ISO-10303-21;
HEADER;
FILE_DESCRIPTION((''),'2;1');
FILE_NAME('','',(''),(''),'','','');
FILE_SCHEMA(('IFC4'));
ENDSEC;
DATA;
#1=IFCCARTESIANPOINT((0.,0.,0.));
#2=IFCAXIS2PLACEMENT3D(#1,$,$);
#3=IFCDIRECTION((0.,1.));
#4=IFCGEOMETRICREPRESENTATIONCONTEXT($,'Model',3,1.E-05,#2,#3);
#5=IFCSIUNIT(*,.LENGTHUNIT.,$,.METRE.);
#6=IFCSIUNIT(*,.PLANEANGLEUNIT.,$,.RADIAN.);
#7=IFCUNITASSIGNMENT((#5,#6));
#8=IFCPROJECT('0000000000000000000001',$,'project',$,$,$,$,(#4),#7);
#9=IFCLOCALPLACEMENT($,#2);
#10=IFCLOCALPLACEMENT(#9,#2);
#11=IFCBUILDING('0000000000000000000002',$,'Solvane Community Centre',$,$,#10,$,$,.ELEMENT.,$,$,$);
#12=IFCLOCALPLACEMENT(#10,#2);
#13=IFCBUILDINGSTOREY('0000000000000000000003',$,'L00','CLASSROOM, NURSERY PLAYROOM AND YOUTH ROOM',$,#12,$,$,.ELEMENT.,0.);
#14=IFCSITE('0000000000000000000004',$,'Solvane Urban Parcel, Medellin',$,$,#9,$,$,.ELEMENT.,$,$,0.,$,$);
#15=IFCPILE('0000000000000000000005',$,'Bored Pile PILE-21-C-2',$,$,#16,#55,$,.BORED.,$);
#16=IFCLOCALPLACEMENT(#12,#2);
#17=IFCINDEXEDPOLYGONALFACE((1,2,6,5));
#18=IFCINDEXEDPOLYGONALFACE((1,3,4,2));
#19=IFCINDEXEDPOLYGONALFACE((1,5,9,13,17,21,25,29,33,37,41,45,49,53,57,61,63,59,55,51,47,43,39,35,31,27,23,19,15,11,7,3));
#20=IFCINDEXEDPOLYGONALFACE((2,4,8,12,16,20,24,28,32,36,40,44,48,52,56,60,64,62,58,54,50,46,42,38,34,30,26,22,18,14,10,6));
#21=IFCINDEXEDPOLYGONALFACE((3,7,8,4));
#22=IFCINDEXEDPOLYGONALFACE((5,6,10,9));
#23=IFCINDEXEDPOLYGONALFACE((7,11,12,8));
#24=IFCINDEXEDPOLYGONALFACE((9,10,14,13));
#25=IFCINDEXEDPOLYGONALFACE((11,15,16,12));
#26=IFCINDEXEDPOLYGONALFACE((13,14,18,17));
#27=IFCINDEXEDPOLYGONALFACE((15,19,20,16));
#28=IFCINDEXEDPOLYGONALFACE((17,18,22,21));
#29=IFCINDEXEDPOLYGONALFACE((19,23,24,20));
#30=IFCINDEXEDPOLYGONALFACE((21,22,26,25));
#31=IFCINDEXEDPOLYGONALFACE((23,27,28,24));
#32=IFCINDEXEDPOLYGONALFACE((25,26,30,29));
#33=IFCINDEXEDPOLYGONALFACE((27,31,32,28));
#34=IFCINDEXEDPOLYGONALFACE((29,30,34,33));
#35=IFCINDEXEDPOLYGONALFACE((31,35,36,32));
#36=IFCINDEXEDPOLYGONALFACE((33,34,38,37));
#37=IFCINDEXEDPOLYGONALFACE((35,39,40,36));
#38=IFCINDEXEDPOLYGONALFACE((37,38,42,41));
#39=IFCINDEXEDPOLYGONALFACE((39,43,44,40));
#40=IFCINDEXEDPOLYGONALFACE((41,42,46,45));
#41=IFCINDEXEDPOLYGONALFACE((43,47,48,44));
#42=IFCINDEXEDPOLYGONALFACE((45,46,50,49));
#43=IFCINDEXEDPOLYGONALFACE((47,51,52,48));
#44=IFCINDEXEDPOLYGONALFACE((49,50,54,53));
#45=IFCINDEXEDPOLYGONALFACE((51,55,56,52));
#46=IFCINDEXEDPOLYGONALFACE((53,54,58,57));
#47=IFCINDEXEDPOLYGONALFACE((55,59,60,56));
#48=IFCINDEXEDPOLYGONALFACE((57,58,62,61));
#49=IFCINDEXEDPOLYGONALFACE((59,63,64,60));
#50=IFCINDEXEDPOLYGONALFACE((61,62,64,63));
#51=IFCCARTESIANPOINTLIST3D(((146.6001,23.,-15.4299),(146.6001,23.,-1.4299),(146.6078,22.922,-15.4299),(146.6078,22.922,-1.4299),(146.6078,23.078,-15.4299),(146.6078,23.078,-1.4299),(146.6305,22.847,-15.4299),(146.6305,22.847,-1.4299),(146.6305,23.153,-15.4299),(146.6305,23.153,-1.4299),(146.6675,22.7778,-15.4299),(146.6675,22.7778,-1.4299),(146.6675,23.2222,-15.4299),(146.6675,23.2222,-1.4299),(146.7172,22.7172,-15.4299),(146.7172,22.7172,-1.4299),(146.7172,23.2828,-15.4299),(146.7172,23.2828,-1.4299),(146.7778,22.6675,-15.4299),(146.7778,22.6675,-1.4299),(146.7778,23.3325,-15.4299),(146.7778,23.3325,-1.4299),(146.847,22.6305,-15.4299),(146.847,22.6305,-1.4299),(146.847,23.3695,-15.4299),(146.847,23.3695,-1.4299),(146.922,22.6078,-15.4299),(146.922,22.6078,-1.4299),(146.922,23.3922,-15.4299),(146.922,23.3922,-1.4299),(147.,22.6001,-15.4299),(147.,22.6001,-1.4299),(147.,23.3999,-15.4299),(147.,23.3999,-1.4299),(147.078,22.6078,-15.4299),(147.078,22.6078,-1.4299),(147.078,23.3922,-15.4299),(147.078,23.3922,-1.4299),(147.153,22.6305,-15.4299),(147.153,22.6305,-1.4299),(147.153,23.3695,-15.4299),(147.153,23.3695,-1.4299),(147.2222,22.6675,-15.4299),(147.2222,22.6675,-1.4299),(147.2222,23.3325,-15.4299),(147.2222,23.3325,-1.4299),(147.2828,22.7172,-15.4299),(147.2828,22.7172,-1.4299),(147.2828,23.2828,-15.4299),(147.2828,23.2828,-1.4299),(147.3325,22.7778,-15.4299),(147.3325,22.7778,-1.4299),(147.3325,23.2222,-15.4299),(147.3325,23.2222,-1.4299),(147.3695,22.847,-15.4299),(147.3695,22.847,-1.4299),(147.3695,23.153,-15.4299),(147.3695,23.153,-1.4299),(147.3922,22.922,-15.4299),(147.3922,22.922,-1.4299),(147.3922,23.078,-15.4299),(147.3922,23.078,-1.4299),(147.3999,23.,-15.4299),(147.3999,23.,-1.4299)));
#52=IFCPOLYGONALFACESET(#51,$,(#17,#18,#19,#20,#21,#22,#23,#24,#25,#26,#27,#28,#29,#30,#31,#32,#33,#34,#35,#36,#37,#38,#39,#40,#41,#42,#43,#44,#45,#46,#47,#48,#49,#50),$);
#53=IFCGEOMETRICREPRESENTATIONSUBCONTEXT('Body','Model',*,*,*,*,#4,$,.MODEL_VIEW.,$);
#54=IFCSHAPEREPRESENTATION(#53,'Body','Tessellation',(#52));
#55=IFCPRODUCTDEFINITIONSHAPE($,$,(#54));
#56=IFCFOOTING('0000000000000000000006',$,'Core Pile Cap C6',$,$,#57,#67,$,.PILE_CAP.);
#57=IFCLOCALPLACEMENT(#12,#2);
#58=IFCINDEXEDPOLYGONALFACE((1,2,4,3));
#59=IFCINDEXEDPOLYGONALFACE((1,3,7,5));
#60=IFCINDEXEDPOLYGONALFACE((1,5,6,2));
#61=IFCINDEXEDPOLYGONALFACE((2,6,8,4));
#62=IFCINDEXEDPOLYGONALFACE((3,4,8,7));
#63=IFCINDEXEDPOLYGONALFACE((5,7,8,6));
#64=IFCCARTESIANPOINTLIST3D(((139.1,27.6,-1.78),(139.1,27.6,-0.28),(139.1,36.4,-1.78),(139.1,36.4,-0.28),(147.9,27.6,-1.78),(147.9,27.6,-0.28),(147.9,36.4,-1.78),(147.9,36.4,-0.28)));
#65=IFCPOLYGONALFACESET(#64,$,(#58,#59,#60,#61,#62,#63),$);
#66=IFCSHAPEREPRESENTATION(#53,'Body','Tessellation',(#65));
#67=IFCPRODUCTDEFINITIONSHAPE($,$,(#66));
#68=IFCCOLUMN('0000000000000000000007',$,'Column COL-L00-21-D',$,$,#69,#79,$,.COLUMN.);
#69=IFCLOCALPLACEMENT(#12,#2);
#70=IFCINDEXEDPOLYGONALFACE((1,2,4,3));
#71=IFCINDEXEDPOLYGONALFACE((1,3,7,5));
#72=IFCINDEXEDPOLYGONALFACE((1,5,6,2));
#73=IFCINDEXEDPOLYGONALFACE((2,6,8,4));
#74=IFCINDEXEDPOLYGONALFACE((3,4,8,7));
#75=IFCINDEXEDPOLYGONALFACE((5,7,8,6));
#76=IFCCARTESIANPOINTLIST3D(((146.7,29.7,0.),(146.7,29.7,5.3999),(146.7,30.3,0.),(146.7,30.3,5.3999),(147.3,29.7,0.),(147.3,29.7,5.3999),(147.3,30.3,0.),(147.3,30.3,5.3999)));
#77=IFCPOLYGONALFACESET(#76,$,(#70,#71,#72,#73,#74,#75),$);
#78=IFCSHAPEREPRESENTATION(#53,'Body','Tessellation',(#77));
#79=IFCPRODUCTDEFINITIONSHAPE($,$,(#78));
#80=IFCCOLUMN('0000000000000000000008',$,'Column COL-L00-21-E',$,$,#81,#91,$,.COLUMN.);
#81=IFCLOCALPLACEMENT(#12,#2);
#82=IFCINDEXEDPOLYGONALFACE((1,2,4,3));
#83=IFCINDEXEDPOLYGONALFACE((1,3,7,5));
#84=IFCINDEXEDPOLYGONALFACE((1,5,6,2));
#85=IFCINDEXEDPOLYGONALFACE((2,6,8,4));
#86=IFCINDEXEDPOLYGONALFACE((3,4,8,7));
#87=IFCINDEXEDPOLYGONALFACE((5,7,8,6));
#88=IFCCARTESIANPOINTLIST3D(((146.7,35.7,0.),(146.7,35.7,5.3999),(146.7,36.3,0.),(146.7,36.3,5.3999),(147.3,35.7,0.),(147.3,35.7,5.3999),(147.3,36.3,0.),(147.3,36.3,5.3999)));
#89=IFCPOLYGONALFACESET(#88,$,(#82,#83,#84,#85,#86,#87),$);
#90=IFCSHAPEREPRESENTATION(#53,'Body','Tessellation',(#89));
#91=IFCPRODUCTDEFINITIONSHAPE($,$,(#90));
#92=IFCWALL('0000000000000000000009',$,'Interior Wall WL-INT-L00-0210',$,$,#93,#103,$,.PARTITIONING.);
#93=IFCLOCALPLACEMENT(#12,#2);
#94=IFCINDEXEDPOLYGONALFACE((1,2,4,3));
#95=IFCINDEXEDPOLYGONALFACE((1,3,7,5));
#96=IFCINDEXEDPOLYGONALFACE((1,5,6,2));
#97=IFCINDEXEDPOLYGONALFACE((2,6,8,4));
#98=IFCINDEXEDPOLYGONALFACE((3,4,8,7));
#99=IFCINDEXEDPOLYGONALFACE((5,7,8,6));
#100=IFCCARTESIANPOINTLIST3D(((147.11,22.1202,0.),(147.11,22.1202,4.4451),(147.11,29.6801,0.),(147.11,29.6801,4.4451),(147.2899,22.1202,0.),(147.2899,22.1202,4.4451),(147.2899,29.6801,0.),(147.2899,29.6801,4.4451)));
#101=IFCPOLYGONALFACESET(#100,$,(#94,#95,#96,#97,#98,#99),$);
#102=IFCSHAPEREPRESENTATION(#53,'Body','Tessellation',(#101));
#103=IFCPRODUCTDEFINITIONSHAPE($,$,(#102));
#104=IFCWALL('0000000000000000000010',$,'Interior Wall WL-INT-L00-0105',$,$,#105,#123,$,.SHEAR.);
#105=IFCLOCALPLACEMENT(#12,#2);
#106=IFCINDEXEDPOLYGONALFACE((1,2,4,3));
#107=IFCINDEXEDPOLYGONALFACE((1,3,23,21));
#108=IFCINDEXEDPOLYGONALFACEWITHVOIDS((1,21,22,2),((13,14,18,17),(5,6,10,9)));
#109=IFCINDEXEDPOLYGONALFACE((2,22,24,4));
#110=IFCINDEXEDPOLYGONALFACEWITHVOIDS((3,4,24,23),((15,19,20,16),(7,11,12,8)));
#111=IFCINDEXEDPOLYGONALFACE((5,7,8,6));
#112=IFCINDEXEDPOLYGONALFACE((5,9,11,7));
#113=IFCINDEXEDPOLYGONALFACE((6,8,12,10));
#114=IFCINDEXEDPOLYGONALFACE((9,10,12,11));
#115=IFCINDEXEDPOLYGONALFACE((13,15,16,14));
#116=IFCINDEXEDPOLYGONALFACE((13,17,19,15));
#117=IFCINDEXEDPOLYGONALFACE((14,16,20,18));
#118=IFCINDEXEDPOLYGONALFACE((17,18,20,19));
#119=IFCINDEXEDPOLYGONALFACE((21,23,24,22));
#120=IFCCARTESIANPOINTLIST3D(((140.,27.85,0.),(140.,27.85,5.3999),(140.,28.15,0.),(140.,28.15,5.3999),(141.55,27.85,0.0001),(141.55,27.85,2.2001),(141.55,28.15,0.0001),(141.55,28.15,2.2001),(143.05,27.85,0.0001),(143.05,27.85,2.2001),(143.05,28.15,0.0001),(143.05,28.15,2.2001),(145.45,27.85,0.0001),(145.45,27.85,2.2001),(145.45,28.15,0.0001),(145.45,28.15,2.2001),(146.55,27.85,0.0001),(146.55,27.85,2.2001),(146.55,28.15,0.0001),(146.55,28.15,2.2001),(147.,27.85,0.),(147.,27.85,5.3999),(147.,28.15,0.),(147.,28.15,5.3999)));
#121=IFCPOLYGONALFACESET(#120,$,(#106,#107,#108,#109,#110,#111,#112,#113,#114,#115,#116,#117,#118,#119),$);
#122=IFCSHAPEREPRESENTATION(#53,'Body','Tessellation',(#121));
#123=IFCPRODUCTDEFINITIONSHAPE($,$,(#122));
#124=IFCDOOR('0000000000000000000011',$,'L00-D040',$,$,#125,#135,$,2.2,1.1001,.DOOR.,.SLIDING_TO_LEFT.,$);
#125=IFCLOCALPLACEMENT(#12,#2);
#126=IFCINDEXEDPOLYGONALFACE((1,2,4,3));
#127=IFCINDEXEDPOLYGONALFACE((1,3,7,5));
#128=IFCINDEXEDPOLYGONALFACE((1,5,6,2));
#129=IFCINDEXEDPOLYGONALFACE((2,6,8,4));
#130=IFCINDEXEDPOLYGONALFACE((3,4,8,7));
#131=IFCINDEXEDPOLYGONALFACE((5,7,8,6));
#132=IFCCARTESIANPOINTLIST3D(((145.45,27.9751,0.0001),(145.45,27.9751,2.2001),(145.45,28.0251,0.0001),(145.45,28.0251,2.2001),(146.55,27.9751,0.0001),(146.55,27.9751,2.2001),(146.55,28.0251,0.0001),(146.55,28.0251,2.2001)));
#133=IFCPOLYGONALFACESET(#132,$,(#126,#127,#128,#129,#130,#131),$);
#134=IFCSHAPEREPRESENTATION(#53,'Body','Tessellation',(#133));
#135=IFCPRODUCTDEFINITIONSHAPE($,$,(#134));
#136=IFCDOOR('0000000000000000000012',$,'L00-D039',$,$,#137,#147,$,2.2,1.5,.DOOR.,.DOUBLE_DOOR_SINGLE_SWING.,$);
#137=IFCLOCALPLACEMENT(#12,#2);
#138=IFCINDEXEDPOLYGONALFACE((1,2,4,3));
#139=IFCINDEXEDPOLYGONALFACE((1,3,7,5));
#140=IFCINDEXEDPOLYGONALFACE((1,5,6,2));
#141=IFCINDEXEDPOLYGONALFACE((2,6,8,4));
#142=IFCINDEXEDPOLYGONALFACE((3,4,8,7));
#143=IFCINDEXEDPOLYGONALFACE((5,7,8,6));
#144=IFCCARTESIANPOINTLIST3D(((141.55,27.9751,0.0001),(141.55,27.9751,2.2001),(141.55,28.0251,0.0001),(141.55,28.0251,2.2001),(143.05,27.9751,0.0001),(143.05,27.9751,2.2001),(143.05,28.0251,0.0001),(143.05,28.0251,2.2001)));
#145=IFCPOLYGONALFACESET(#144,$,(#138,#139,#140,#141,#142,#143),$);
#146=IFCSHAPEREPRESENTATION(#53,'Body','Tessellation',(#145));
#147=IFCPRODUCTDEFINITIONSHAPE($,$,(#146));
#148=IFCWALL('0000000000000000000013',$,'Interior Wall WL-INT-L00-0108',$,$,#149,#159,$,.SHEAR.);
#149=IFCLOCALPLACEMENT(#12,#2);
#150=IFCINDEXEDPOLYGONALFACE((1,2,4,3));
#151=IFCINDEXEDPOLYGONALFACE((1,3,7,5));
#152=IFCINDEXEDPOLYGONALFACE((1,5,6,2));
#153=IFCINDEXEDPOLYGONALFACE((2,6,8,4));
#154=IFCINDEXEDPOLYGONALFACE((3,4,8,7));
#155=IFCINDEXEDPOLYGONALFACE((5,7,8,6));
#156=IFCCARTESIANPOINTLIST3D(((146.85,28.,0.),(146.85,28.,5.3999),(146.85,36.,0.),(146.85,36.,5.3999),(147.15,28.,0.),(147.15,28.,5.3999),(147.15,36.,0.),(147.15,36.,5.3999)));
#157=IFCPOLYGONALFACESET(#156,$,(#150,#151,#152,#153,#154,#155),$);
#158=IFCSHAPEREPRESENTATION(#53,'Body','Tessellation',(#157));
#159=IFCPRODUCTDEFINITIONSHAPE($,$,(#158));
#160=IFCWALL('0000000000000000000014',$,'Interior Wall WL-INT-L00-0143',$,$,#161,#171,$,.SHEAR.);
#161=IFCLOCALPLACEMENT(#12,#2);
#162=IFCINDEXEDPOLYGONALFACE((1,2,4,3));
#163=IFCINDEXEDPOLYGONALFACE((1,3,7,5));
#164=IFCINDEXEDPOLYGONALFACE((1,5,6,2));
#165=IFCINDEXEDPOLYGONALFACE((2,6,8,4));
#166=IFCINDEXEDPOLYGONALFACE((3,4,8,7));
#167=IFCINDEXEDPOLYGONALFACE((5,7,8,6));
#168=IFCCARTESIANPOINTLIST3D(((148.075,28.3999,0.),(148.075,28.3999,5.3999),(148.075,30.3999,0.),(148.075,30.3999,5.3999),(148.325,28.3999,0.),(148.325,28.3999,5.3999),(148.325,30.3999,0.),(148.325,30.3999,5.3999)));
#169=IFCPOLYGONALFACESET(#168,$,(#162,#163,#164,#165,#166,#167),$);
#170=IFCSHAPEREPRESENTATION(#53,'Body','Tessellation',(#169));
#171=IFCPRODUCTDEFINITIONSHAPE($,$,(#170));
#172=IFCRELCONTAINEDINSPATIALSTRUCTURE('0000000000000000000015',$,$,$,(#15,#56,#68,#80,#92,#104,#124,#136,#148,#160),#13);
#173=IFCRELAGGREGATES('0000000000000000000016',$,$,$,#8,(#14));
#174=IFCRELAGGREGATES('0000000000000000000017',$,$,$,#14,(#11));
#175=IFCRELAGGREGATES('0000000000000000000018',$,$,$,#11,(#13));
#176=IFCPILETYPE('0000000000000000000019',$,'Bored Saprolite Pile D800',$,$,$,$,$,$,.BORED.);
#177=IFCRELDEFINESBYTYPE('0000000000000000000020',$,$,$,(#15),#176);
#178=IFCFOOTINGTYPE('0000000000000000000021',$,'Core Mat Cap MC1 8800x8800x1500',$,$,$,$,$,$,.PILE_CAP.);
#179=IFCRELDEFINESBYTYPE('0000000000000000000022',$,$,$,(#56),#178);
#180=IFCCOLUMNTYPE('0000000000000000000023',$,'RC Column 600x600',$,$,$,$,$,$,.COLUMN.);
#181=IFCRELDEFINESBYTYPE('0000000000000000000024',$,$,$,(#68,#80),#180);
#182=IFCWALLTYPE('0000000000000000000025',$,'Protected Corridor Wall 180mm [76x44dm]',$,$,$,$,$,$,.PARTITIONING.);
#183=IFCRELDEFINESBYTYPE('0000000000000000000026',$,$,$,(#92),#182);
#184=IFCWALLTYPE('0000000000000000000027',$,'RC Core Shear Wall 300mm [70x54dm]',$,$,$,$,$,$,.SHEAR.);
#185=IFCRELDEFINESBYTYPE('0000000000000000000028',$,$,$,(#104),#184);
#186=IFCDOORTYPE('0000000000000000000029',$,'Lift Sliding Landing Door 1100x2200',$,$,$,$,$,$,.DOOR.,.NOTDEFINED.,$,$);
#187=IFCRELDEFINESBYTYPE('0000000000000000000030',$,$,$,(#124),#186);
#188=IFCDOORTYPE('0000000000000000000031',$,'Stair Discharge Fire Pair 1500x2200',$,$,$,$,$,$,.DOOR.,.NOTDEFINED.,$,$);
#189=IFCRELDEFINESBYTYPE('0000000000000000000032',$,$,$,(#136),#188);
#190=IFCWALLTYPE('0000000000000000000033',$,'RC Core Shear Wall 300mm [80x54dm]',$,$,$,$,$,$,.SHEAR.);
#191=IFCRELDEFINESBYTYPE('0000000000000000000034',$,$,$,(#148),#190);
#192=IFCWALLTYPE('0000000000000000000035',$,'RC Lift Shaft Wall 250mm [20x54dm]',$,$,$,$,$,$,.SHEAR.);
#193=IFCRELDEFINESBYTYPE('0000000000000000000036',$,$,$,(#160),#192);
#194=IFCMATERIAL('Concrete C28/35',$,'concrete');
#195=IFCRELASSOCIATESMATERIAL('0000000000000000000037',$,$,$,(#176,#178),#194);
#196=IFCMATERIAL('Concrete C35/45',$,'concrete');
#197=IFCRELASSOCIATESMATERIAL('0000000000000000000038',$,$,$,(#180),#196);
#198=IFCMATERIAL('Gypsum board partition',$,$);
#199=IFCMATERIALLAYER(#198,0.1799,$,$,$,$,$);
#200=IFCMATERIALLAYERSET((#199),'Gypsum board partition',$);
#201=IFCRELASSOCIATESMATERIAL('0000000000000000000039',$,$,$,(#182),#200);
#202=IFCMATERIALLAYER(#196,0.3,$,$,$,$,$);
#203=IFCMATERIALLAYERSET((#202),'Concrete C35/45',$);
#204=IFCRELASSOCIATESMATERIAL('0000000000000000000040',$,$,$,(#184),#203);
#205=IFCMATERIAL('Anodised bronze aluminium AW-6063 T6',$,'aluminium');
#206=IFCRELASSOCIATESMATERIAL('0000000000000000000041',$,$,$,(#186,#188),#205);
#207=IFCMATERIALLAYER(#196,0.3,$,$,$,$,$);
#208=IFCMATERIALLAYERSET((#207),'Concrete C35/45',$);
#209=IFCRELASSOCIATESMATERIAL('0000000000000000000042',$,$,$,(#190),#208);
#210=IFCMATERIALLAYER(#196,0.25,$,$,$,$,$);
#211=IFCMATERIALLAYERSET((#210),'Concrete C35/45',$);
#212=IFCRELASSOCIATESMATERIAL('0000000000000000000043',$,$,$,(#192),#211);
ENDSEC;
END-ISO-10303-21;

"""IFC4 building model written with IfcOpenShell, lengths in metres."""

from ifc_helpers import new_model, si_unit, direction, frame, frame_2d, origin, origin_2d, place, context, subcontext, project, spatial, rectangle, circle, extrude, material, layer, layer_set, material_profile, profile_set, type_object, element, fill, save


model = new_model("IFC4")

# Units and contexts
model_context = context("Model", 3, precision=1e-05, world=origin(), true_north=direction((0.0, 1.0)))
body_context = subcontext(model_context, "Body", "Model", "MODEL_VIEW")
ifc_project = project(units=[si_unit("LENGTHUNIT", "METRE"), si_unit("PLANEANGLEUNIT", "RADIAN")], contexts=[model_context])

# Site, building, storey
site_placement = place(None, origin())
site = spatial("IfcSite", under=ifc_project, at=site_placement, Name="Solvane Urban Parcel, Medellin", CompositionType="ELEMENT", RefElevation=0.0)
building_placement = place(site_placement, origin())
building = spatial("IfcBuilding", under=site, at=building_placement, Name="Solvane Community Centre", CompositionType="ELEMENT")
storey_placement = place(building_placement, origin())
storey = spatial("IfcBuildingStorey", under=building, at=storey_placement, Name="L00", Description="CLASSROOM, NURSERY PLAYROOM AND YOUTH ROOM", CompositionType="ELEMENT", Elevation=0.0)

# Pile
ifc_material_1 = material(Name="Concrete C28/35", Category="concrete")
ifc_material_profile_1 = material_profile(ifc_material_1, circle(Radius=0.3999, at=origin_2d()), Name="PILE D800")
ifc_profile_set_1 = profile_set([ifc_material_profile_1], Name="Concrete C28/35")
pile_type_1 = type_object("IfcPileType", Name="Bored Saprolite Pile D800", PredefinedType="BORED", material=ifc_profile_set_1)
pile_placement = place(storey_placement, frame((147.0, 23.0, -1.4299), z_axis=(0.0, 0.0, -1.0), x_axis=(1.0, 0.0, 0.0)))
element("IfcPile", 1, at=pile_placement, inside=storey, type_object=pile_type_1, Name="Bored Pile PILE-21-C-2", PredefinedType="BORED", context=body_context, shape_type="SweptSolid", body=[
    extrude(circle(Radius=0.3999, at=origin_2d()), origin(), (0.0, 0.0, 1.0), 14.0),
])

# Footing
footing_type = type_object("IfcFootingType", Name="Core Mat Cap MC1 8800x8800x1500", PredefinedType="PILE_CAP", material=ifc_material_1)
footing_placement = place(storey_placement, frame((143.5, 32.0, -1.78), z_axis=(0.0, 0.0, 1.0), x_axis=(1.0, 0.0, 0.0)))
element("IfcFooting", 2, at=footing_placement, inside=storey, type_object=footing_type, Name="Core Pile Cap C6", PredefinedType="PILE_CAP", context=body_context, shape_type="SweptSolid", body=[
    extrude(rectangle(XDim=8.8, YDim=8.8, at=origin_2d()), origin(), (0.0, 0.0, 1.0), 1.5),
])

# Columns
ifc_material_2 = material(Name="Concrete C35/45", Category="concrete")
ifc_material_profile_2 = material_profile(ifc_material_2, rectangle(XDim=0.6001, YDim=0.6001, at=origin_2d()), Name="RC 600x600")
ifc_profile_set_2 = profile_set([ifc_material_profile_2], Name="Concrete C35/45")
column_type = type_object("IfcColumnType", Name="RC Column 600x600", PredefinedType="COLUMN", material=ifc_profile_set_2)
for number, where, z_axis, x_axis, name in (
    (3, (147.0, 30.0, 0.0), (0.0, 0.0, 1.0), (1.0, 0.0, 0.0), "Column COL-L00-21-D"),
    (4, (147.0, 36.0, 0.0), (0.0, 0.0, 1.0), (1.0, 0.0, 0.0), "Column COL-L00-21-E"),
):
    element("IfcColumn", number, at=place(storey_placement, frame(where, z_axis=z_axis, x_axis=x_axis)), inside=storey, type_object=column_type, Name=name, PredefinedType="COLUMN", context=body_context, shape_type="SweptSolid", body=[
        extrude(rectangle(XDim=0.6001, YDim=0.6001, at=origin_2d()), origin(), (0.0, 0.0, 1.0), 5.3999),
    ])

# Wall
ifc_material_3 = material(Name="Gypsum board partition")
ifc_layer_1 = layer(ifc_material_3, 0.1799)
ifc_layer_set_1 = layer_set([ifc_layer_1], Name="Gypsum board partition")
wall_type_1 = type_object("IfcWallType", Name="Protected Corridor Wall 180mm [76x44dm]", PredefinedType="PARTITIONING", material=ifc_layer_set_1)
wall_1_placement = place(storey_placement, frame((147.2, 29.6799, 0.0), z_axis=(0.0, 0.0, 1.0), x_axis=(0.0, -1.0, 0.0)))
element("IfcWall", 5, at=wall_1_placement, inside=storey, type_object=wall_type_1, Name="Interior Wall WL-INT-L00-0210", PredefinedType="PARTITIONING", context=body_context, shape_type="SweptSolid", body=[
    extrude(rectangle(XDim=7.5598, YDim=0.1799, at=frame_2d((3.7798, 0.0))), origin(), (0.0, 0.0, 1.0), 4.4451),
])

# Wall, openings, doors
ifc_layer_2 = layer(ifc_material_2, 0.3)
ifc_layer_set_2 = layer_set([ifc_layer_2], Name="Concrete C35/45")
wall_type_2 = type_object("IfcWallType", Name="RC Core Shear Wall 300mm [70x54dm]", PredefinedType="SHEAR", material=ifc_layer_set_2)
wall_2_placement = place(storey_placement, frame((147.0, 28.0, 0.0), z_axis=(0.0, 0.0, 1.0), x_axis=(-1.0, 0.0, 0.0)))
wall_2 = element("IfcWall", 6, at=wall_2_placement, inside=storey, type_object=wall_type_2, Name="Interior Wall WL-INT-L00-0105", PredefinedType="SHEAR", context=body_context, shape_type="SweptSolid", body=[
    extrude(rectangle(XDim=7.0, YDim=0.3, at=frame_2d((3.5, 0.0))), origin(), (0.0, 0.0, 1.0), 5.3999),
])
opening_1_placement = place(wall_2_placement, frame((3.95, 0.0, 0.0)))
opening_1 = element("IfcOpeningElement", 7, at=opening_1_placement, cuts=wall_2, PredefinedType="OPENING", context=body_context, shape_type="SweptSolid", body=[
    extrude(rectangle(XDim=1.5, YDim=2.2, at=frame_2d((0.75, 1.1001))), frame((0.0, 0.1599, 0.0), z_axis=(0.0, -1.0, 0.0), x_axis=(1.0, 0.0, 0.0)), (0.0, 0.0, 1.0), 0.3201),
])
opening_2_placement = place(wall_2_placement, frame((0.45, 0.0, 0.0)))
opening_2 = element("IfcOpeningElement", 8, at=opening_2_placement, cuts=wall_2, PredefinedType="OPENING", context=body_context, shape_type="SweptSolid", body=[
    extrude(rectangle(XDim=1.1001, YDim=2.2, at=frame_2d((0.55, 1.1001))), frame((0.0, 0.1599, 0.0), z_axis=(0.0, -1.0, 0.0), x_axis=(1.0, 0.0, 0.0)), (0.0, 0.0, 1.0), 0.3201),
])
ifc_material_4 = material(Name="Anodised bronze aluminium AW-6063 T6", Category="aluminium")
door_type_1 = type_object("IfcDoorType", Name="Lift Sliding Landing Door 1100x2200", OperationType="NOTDEFINED", PredefinedType="DOOR", material=ifc_material_4)
door_1_placement = place(opening_2_placement, origin())
door_1 = element("IfcDoor", 9, at=door_1_placement, inside=storey, type_object=door_type_1, Name="L00-D040", OperationType="SLIDING_TO_LEFT", OverallHeight=2.2, OverallWidth=1.1001, PredefinedType="DOOR", context=body_context, shape_type="SweptSolid", body=[
    extrude(rectangle(XDim=1.1001, YDim=2.2, at=frame_2d((0.55, 1.1001))), frame((0.0, 0.0249, 0.0), z_axis=(0.0, -1.0, 0.0), x_axis=(1.0, 0.0, 0.0)), (0.0, 0.0, 1.0), 0.05),
])
fill(opening_2, door_1)
door_type_2 = type_object("IfcDoorType", Name="Stair Discharge Fire Pair 1500x2200", OperationType="NOTDEFINED", PredefinedType="DOOR", material=ifc_material_4)
door_2_placement = place(opening_1_placement, origin())
door_2 = element("IfcDoor", 10, at=door_2_placement, inside=storey, type_object=door_type_2, Name="L00-D039", OperationType="DOUBLE_DOOR_SINGLE_SWING", OverallHeight=2.2, OverallWidth=1.5, PredefinedType="DOOR", context=body_context, shape_type="SweptSolid", body=[
    extrude(rectangle(XDim=1.5, YDim=2.2, at=frame_2d((0.75, 1.1001))), frame((0.0, 0.0249, 0.0), z_axis=(0.0, -1.0, 0.0), x_axis=(1.0, 0.0, 0.0)), (0.0, 0.0, 1.0), 0.05),
])
fill(opening_1, door_2)

# Walls
ifc_layer_3 = layer(ifc_material_2, 0.3)
ifc_layer_set_3 = layer_set([ifc_layer_3], Name="Concrete C35/45")
wall_type_3 = type_object("IfcWallType", Name="RC Core Shear Wall 300mm [80x54dm]", PredefinedType="SHEAR", material=ifc_layer_set_3)
wall_3_placement = place(storey_placement, frame((147.0, 36.0, 0.0), z_axis=(0.0, 0.0, 1.0), x_axis=(0.0, -1.0, 0.0)))
element("IfcWall", 11, at=wall_3_placement, inside=storey, type_object=wall_type_3, Name="Interior Wall WL-INT-L00-0108", PredefinedType="SHEAR", context=body_context, shape_type="SweptSolid", body=[
    extrude(rectangle(XDim=8.0, YDim=0.3, at=frame_2d((4.0, 0.0))), origin(), (0.0, 0.0, 1.0), 5.3999),
])
ifc_layer_4 = layer(ifc_material_2, 0.25)
ifc_layer_set_4 = layer_set([ifc_layer_4], Name="Concrete C35/45")
wall_type_4 = type_object("IfcWallType", Name="RC Lift Shaft Wall 250mm [20x54dm]", PredefinedType="SHEAR", material=ifc_layer_set_4)
wall_4_placement = place(storey_placement, frame((148.2, 28.3999, 0.0), z_axis=(0.0, 0.0, 1.0), x_axis=(0.0, 1.0, 0.0)))
element("IfcWall", 12, at=wall_4_placement, inside=storey, type_object=wall_type_4, Name="Interior Wall WL-INT-L00-0143", PredefinedType="SHEAR", context=body_context, shape_type="SweptSolid", body=[
    extrude(rectangle(XDim=2.0, YDim=0.25, at=frame_2d((1.0, 0.0))), origin(), (0.0, 0.0, 1.0), 5.3999),
])

save(model, "model.ifc")
